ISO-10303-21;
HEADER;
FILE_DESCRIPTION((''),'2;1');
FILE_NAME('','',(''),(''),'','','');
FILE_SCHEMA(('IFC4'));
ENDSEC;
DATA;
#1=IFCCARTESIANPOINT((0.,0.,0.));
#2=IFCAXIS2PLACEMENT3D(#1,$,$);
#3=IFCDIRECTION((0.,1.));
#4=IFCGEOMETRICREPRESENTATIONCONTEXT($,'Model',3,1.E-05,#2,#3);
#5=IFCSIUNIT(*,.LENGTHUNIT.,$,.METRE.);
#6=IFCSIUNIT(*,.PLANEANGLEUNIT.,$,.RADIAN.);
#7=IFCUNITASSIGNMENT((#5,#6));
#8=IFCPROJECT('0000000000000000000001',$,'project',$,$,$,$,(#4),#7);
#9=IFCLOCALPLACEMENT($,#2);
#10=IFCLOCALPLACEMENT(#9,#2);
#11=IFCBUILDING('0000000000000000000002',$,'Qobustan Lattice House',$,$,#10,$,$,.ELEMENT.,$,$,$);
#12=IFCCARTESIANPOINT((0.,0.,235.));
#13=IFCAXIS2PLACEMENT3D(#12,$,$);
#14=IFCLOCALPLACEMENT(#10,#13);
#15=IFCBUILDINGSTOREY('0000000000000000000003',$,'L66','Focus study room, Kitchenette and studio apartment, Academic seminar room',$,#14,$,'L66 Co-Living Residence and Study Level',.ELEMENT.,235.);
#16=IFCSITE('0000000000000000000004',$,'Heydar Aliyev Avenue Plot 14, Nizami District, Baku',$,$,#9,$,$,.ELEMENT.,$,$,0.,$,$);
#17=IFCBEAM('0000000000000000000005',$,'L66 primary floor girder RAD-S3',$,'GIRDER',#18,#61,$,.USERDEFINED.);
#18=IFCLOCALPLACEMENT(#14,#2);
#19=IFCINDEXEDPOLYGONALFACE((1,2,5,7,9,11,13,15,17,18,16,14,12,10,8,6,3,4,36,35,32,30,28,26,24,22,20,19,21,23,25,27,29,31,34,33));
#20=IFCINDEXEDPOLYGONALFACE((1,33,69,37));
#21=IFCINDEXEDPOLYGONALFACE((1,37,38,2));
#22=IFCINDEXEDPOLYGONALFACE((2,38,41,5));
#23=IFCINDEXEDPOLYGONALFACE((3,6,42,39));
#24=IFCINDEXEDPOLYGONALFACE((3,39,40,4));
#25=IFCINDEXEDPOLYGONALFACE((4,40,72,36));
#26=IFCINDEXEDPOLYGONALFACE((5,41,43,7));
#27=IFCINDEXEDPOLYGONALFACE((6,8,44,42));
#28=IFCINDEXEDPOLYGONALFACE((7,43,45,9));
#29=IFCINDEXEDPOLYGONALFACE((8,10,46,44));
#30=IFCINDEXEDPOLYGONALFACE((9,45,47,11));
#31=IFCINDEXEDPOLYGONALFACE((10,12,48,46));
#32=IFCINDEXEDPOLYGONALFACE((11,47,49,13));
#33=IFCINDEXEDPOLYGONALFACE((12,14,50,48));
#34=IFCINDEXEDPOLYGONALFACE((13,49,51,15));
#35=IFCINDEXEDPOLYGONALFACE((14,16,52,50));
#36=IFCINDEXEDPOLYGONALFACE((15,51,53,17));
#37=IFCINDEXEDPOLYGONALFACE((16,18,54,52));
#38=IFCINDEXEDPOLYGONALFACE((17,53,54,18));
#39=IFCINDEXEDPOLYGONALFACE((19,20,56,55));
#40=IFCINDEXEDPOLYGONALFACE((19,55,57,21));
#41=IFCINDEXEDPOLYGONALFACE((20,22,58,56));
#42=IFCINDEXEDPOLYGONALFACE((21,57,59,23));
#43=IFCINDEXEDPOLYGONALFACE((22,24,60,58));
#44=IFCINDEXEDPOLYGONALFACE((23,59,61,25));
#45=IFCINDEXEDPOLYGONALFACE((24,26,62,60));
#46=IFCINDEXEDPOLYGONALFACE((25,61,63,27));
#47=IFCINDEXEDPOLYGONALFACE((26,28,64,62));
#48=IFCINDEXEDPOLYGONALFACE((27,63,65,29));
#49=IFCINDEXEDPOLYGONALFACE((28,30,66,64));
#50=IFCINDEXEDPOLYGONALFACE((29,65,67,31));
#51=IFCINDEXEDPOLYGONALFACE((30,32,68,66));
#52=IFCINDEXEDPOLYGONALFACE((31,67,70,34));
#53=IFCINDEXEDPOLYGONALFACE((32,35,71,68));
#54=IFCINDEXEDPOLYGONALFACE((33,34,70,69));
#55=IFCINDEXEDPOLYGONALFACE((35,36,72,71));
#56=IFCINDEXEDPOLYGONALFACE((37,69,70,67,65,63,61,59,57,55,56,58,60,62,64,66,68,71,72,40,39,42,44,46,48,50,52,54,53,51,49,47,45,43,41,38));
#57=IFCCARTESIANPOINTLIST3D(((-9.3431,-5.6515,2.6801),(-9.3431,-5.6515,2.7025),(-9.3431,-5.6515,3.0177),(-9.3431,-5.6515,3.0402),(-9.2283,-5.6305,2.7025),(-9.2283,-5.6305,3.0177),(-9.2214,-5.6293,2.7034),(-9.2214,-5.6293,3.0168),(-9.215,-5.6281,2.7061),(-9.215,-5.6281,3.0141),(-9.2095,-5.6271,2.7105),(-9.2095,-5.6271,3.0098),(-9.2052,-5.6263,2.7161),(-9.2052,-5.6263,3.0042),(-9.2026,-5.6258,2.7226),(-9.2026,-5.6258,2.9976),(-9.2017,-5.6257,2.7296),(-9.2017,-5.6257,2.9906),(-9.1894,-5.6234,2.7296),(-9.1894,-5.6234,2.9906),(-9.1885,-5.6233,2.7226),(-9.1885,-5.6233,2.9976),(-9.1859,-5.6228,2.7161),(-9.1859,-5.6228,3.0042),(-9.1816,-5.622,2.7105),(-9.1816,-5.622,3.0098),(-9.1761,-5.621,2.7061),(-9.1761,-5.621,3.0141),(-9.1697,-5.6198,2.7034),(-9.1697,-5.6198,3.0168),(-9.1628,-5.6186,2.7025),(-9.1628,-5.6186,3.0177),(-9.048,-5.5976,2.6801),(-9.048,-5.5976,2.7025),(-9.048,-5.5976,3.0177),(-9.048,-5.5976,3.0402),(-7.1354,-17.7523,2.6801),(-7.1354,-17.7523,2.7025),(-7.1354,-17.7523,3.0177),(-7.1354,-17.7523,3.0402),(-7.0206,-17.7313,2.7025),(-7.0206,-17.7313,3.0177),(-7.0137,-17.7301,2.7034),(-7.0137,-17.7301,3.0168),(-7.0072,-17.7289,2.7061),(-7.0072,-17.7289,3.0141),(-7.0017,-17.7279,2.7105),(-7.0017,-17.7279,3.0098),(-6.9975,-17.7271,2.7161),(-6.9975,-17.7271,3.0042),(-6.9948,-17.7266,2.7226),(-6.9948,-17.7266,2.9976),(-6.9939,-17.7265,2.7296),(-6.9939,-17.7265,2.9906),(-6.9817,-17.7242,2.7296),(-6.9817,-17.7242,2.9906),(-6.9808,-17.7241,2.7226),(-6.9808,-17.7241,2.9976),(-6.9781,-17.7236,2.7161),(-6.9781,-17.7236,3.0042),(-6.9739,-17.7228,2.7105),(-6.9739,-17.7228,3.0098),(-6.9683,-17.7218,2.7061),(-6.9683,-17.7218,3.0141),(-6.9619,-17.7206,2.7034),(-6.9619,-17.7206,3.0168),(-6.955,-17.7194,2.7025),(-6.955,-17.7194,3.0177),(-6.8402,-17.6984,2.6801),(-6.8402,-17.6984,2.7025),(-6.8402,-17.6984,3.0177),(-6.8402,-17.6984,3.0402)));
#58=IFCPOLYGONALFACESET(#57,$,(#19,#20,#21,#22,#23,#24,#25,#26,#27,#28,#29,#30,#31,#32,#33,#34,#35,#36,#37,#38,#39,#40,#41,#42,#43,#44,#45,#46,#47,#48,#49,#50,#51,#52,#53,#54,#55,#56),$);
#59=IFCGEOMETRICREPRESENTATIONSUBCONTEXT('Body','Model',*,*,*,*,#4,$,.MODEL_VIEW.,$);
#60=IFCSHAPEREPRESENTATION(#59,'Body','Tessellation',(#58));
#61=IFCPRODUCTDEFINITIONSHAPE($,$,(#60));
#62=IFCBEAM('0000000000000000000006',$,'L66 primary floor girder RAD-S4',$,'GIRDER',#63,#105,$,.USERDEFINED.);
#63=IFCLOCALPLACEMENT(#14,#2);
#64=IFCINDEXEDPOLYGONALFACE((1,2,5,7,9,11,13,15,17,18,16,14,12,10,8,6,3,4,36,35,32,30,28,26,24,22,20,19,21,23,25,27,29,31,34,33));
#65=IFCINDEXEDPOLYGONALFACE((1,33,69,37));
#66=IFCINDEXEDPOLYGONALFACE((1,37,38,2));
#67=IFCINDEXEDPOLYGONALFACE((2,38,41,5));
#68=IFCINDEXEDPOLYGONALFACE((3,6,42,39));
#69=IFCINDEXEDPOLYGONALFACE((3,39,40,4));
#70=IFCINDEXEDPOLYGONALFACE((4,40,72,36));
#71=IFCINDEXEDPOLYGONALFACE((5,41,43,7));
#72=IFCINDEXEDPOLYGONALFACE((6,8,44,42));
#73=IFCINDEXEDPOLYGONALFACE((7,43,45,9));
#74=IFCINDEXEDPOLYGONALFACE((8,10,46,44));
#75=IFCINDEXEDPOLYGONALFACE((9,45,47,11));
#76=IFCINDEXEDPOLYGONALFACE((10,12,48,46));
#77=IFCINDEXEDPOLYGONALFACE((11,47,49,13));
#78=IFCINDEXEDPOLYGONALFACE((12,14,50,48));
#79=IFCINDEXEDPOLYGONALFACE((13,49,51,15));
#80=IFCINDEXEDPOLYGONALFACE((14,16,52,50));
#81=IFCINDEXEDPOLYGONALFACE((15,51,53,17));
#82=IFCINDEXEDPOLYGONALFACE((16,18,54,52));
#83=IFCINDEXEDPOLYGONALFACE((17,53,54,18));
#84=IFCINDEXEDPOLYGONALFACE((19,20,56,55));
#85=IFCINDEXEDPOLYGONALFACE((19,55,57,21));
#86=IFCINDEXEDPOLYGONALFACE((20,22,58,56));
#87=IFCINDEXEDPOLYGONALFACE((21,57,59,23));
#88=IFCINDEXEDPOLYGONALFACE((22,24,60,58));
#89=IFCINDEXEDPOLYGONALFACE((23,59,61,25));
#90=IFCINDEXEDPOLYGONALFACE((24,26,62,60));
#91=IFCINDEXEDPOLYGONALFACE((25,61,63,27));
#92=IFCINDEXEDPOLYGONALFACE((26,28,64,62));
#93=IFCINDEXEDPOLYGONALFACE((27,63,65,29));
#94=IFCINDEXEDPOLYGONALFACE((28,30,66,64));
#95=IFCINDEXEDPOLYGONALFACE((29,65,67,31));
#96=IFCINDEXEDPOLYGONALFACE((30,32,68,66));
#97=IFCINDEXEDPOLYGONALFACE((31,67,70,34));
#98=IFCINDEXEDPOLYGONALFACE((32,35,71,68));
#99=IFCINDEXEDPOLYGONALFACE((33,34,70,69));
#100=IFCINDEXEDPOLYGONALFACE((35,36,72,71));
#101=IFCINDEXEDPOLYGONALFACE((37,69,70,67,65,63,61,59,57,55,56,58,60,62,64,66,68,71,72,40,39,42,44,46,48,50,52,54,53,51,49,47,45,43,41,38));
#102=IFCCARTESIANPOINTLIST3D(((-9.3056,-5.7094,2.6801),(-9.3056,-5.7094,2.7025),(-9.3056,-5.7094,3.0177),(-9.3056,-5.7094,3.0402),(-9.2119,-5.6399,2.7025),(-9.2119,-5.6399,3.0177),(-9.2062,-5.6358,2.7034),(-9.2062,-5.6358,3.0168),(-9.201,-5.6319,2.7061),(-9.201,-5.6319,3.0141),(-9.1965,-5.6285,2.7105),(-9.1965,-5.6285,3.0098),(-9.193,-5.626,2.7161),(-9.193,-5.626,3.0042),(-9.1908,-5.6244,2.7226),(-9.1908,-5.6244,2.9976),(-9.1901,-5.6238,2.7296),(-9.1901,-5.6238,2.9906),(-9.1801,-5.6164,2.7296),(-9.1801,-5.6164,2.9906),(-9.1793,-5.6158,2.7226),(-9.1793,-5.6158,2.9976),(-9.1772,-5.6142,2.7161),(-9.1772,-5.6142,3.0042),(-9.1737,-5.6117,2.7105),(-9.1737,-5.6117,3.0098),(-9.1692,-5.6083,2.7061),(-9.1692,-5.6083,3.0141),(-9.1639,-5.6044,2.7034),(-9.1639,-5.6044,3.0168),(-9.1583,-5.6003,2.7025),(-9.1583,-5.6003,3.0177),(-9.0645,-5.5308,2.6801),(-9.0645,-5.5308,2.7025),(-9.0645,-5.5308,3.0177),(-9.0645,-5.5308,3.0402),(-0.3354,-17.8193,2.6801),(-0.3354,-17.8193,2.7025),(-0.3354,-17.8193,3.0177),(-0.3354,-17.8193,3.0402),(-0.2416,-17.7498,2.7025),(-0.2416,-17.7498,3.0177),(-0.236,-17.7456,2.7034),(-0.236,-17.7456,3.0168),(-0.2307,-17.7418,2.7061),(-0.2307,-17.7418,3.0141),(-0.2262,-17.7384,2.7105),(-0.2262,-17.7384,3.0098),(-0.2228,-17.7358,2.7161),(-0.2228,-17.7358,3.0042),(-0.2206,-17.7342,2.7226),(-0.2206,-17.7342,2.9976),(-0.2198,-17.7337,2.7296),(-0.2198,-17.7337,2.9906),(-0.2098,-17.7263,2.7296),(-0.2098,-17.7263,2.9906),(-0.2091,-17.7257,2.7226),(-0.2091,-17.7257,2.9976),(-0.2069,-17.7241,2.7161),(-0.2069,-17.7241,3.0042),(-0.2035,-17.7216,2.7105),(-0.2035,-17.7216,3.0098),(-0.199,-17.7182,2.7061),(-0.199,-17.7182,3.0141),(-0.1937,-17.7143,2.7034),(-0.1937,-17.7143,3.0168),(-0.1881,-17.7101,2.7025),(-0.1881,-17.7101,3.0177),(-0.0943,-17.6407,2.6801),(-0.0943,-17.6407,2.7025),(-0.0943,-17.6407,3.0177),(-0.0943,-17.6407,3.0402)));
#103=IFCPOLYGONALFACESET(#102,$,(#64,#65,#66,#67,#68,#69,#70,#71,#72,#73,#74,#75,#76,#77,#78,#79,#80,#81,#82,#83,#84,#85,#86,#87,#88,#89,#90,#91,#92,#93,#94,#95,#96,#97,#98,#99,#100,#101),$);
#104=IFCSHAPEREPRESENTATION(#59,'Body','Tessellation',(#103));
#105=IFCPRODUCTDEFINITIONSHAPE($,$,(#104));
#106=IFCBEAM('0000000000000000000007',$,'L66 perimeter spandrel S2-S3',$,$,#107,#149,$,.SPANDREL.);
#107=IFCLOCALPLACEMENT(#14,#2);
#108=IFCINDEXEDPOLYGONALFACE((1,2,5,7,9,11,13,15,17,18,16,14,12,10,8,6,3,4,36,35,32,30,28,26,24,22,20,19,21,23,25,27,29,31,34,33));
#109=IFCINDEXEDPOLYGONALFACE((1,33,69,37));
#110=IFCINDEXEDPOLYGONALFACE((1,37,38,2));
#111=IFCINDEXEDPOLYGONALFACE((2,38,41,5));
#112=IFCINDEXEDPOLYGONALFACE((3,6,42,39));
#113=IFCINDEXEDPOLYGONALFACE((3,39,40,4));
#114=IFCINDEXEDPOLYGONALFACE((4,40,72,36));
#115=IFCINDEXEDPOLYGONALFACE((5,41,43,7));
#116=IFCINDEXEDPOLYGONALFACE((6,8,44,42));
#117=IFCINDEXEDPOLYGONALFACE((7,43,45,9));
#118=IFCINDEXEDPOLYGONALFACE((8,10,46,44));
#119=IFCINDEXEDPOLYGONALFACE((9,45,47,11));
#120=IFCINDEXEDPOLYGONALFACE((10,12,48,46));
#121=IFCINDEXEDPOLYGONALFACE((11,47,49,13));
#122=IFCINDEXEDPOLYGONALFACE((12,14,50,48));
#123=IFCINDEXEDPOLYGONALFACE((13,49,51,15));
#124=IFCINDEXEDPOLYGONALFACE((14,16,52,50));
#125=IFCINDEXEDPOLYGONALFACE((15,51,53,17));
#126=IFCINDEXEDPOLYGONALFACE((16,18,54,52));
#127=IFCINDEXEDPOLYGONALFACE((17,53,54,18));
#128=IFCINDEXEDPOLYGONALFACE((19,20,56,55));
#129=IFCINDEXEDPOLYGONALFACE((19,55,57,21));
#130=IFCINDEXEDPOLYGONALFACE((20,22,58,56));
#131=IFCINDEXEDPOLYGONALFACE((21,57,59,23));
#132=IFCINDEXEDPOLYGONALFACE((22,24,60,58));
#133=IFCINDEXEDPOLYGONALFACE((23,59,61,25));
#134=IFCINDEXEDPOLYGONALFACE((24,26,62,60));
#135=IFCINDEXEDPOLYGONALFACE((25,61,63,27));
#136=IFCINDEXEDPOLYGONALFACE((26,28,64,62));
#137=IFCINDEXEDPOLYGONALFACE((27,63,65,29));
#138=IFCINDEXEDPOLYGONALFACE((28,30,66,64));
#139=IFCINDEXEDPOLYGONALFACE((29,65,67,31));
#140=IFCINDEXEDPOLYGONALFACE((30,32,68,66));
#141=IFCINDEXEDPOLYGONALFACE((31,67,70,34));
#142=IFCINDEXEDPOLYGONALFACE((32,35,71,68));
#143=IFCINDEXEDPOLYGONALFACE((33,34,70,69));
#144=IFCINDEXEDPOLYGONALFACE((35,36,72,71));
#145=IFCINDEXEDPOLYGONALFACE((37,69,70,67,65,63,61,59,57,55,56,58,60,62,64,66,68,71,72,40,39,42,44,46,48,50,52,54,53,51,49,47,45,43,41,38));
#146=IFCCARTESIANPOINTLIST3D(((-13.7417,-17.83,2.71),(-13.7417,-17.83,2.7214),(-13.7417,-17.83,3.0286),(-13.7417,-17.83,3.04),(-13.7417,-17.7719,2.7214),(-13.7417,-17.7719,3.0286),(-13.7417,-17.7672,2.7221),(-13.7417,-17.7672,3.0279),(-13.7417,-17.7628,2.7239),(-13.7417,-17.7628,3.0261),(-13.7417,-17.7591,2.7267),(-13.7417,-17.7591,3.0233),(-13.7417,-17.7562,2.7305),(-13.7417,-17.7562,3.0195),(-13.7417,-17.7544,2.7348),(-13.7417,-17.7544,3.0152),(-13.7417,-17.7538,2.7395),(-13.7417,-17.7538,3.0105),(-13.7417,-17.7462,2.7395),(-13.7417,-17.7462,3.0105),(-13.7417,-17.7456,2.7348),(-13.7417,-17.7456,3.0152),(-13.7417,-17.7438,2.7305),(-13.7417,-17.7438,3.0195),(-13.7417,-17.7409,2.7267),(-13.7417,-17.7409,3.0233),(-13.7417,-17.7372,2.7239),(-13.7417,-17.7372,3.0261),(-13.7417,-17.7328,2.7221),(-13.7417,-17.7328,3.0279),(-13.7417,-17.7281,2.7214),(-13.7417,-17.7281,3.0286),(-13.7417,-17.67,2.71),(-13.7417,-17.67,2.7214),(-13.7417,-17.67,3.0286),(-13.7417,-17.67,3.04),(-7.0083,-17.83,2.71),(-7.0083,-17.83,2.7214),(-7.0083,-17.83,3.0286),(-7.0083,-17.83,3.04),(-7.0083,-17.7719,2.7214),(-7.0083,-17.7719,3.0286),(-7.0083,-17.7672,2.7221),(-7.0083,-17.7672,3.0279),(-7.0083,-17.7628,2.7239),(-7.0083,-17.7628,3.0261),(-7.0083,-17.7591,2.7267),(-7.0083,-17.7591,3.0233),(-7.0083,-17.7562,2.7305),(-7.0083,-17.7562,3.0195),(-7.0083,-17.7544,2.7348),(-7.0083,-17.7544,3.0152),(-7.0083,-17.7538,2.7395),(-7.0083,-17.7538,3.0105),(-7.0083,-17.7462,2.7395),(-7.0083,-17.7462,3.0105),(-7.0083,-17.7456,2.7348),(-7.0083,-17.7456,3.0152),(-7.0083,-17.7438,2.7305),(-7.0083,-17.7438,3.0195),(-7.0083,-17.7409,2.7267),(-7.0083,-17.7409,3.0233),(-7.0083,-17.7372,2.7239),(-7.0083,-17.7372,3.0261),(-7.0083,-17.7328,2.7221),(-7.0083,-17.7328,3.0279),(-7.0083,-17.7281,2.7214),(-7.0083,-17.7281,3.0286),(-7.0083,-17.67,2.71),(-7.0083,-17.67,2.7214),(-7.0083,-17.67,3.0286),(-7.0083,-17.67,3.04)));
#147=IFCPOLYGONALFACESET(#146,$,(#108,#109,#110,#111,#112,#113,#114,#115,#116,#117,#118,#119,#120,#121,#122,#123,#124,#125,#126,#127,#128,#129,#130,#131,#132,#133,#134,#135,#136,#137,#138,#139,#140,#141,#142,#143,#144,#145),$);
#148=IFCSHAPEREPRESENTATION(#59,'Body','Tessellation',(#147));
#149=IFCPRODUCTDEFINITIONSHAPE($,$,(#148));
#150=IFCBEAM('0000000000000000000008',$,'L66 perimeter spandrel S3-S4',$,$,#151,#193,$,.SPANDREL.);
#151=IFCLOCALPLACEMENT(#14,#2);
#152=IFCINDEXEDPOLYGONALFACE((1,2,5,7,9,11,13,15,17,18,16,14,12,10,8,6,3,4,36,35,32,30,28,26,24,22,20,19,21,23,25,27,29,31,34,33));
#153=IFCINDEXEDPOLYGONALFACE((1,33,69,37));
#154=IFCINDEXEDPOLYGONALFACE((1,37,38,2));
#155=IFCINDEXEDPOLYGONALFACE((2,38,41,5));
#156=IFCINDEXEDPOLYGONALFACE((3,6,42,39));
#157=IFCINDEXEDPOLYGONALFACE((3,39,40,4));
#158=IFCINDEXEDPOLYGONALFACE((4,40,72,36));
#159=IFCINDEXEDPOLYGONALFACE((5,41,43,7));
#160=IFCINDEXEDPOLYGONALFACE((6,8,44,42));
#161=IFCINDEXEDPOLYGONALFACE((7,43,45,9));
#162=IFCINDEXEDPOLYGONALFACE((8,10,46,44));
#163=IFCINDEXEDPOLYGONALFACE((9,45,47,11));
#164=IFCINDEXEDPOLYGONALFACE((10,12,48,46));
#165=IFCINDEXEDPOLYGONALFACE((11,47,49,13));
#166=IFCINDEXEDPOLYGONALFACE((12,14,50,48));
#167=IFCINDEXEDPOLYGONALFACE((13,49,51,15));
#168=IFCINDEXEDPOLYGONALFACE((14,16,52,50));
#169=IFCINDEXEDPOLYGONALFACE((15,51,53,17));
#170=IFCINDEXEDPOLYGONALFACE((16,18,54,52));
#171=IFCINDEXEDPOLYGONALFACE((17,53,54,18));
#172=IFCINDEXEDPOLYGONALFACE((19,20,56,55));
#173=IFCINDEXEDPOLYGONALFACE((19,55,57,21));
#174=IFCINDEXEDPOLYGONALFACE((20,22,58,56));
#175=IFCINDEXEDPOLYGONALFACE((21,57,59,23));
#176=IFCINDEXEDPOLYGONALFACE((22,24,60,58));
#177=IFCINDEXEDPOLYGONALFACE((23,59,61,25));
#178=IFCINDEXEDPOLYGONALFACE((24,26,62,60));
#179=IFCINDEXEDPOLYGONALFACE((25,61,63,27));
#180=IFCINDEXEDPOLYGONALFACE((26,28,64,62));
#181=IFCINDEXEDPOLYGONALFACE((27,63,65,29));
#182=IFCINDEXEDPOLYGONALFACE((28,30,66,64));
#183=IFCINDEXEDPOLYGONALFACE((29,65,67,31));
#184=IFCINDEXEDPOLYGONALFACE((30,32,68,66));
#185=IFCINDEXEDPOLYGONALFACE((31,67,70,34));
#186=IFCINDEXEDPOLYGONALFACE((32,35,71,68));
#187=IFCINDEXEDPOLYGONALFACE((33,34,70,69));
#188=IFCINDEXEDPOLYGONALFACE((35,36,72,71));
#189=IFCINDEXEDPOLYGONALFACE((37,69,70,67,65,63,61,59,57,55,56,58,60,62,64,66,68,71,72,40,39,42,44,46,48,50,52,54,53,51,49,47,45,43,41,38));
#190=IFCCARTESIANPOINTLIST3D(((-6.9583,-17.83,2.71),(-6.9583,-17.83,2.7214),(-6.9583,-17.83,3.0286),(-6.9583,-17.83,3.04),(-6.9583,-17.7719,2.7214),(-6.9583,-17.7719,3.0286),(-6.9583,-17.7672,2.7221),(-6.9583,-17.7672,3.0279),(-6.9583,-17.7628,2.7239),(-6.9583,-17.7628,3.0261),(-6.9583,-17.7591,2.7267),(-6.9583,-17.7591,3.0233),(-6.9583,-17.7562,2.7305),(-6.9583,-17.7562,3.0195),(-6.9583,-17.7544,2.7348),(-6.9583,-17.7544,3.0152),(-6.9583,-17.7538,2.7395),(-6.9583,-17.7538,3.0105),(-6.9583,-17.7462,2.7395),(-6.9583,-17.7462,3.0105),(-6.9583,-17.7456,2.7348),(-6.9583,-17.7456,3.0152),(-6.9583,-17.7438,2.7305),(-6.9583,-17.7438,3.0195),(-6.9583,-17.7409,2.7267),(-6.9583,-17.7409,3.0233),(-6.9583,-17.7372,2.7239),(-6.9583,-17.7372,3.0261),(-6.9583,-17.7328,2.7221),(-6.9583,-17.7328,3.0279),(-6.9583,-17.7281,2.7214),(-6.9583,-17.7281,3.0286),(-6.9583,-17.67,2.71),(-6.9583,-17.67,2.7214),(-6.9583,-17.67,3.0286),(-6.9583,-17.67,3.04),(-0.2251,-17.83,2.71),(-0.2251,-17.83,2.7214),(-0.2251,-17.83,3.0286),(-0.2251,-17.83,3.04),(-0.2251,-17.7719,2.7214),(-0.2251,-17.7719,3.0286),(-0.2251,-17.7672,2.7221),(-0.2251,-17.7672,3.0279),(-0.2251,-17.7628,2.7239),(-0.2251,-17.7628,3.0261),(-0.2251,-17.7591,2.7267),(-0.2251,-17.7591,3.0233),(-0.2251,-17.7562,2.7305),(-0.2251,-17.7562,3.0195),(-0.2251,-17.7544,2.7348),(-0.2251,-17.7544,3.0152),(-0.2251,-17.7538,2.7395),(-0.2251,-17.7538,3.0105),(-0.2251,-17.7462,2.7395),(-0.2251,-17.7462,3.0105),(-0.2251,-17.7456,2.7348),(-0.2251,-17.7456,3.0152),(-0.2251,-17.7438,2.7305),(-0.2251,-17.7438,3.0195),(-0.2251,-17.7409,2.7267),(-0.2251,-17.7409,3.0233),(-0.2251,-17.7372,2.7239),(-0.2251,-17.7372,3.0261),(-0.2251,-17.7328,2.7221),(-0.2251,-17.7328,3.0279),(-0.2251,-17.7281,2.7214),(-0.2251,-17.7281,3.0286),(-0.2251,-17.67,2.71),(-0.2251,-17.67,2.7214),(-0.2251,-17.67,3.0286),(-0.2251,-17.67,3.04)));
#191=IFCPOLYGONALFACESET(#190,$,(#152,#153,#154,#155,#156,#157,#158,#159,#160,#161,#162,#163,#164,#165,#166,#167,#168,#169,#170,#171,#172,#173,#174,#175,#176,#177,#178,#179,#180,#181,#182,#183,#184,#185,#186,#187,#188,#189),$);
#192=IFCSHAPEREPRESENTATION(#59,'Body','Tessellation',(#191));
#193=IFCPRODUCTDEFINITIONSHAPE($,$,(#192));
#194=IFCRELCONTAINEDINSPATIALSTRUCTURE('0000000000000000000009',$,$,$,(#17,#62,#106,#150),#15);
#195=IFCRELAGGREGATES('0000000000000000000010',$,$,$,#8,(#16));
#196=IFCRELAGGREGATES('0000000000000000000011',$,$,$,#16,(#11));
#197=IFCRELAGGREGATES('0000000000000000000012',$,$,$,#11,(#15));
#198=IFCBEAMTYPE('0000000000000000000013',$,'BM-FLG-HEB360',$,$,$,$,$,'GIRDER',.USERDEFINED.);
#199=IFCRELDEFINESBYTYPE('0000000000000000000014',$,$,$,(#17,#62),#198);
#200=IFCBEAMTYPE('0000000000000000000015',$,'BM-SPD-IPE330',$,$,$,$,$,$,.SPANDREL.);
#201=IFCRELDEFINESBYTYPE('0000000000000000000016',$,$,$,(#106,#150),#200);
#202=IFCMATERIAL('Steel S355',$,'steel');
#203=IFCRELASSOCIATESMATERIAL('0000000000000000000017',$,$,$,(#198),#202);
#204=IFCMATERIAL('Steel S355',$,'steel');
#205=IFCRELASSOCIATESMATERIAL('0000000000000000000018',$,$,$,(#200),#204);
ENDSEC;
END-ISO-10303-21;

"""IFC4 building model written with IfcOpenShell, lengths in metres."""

from ifc_helpers import new_model, si_unit, direction, frame, origin, origin_2d, place, context, subcontext, project, spatial, i_section, extrude, material, material_profile, profile_set, type_object, element, save


model = new_model("IFC4")

# Units and contexts
model_context = context("Model", 3, precision=1e-05, world=origin(), true_north=direction((0.0, 1.0)))
body_context = subcontext(model_context, "Body", "Model", "MODEL_VIEW")
ifc_project = project(units=[si_unit("LENGTHUNIT", "METRE"), si_unit("PLANEANGLEUNIT", "RADIAN")], contexts=[model_context])

# Site, building, storey
site_placement = place(None, origin())
site = spatial("IfcSite", under=ifc_project, at=site_placement, Name="Heydar Aliyev Avenue Plot 14, Nizami District, Baku", CompositionType="ELEMENT", RefElevation=0.0)
building_placement = place(site_placement, origin())
building = spatial("IfcBuilding", under=site, at=building_placement, Name="Qobustan Lattice House", CompositionType="ELEMENT")
storey_placement = place(building_placement, frame((0.0, 0.0, 235.0)))
storey = spatial("IfcBuildingStorey", under=building, at=storey_placement, Name="L66", Description="Focus study room, Kitchenette and studio apartment, Academic seminar room", LongName="L66 Co-Living Residence and Study Level", CompositionType="ELEMENT", Elevation=235.0)

# Beams
ifc_material_1 = material(Name="Steel S355", Category="steel")
ifc_material_profile_1 = material_profile(ifc_material_1, i_section(OverallWidth=0.3, OverallDepth=0.3601, WebThickness=0.0125, FlangeThickness=0.0225, FilletRadius=0.0271, at=origin_2d()), Name="HEB360")
ifc_profile_set_1 = profile_set([ifc_material_profile_1], Name="Steel S355")
beam_type_1 = type_object("IfcBeamType", Name="BM-FLG-HEB360", ElementType="GIRDER", PredefinedType="USERDEFINED", material=ifc_profile_set_1)
beam_1_placement = place(storey_placement, frame((-6.9878, -17.7253, 2.8601), z_axis=(-0.179484, 0.983761, 0.0), x_axis=(-0.983761, -0.179484, 0.0)))
element("IfcBeam", 1, at=beam_1_placement, inside=storey, type_object=beam_type_1, Name="L66 primary floor girder RAD-S3", ObjectType="GIRDER", PredefinedType="USERDEFINED", context=body_context, shape_type="SweptSolid", body=[
    extrude(i_section(OverallWidth=0.3, OverallDepth=0.3601, WebThickness=0.0125, FlangeThickness=0.0225, FilletRadius=0.0271, at=origin_2d()), origin(), (0.0, 0.0, 1.0), 12.3005),
])
beam_2_placement = place(storey_placement, frame((-0.2148, -17.73, 2.8601), z_axis=(-0.595225, 0.803559, 0.0), x_axis=(-0.803559, -0.595225, 0.0)))
element("IfcBeam", 2, at=beam_2_placement, inside=storey, type_object=beam_type_1, Name="L66 primary floor girder RAD-S4", ObjectType="GIRDER", PredefinedType="USERDEFINED", context=body_context, shape_type="SweptSolid", body=[
    extrude(i_section(OverallWidth=0.3, OverallDepth=0.3601, WebThickness=0.0125, FlangeThickness=0.0225, FilletRadius=0.0271, at=origin_2d()), origin(), (0.0, 0.0, 1.0), 15.0703),
])
ifc_material_2 = material(Name="Steel S355", Category="steel")
ifc_material_profile_2 = material_profile(ifc_material_2, i_section(OverallWidth=0.1599, OverallDepth=0.3301, WebThickness=0.0076, FlangeThickness=0.0115, FilletRadius=0.0181, at=origin_2d()), Name="IPE330")
ifc_profile_set_2 = profile_set([ifc_material_profile_2], Name="Steel S355")
beam_type_2 = type_object("IfcBeamType", Name="BM-SPD-IPE330", PredefinedType="SPANDREL", material=ifc_profile_set_2)
beam_3_placement = place(storey_placement, frame((-13.7417, -17.75, 2.875), z_axis=(1.0, 0.0, 0.0), x_axis=(0.0, 1.0, 0.0)))
element("IfcBeam", 3, at=beam_3_placement, inside=storey, type_object=beam_type_2, Name="L66 perimeter spandrel S2-S3", PredefinedType="SPANDREL", context=body_context, shape_type="SweptSolid", body=[
    extrude(i_section(OverallWidth=0.1599, OverallDepth=0.3301, WebThickness=0.0076, FlangeThickness=0.0115, FilletRadius=0.0181, at=origin_2d()), origin(), (0.0, 0.0, 1.0), 6.7334),
])
beam_4_placement = place(storey_placement, frame((-6.9583, -17.75, 2.875), z_axis=(1.0, 0.0, 0.0), x_axis=(0.0, 1.0, 0.0)))
element("IfcBeam", 4, at=beam_4_placement, inside=storey, type_object=beam_type_2, Name="L66 perimeter spandrel S3-S4", PredefinedType="SPANDREL", context=body_context, shape_type="SweptSolid", body=[
    extrude(i_section(OverallWidth=0.1599, OverallDepth=0.3301, WebThickness=0.0076, FlangeThickness=0.0115, FilletRadius=0.0181, at=origin_2d()), origin(), (0.0, 0.0, 1.0), 6.7332),
])

save(model, "model.ifc")
